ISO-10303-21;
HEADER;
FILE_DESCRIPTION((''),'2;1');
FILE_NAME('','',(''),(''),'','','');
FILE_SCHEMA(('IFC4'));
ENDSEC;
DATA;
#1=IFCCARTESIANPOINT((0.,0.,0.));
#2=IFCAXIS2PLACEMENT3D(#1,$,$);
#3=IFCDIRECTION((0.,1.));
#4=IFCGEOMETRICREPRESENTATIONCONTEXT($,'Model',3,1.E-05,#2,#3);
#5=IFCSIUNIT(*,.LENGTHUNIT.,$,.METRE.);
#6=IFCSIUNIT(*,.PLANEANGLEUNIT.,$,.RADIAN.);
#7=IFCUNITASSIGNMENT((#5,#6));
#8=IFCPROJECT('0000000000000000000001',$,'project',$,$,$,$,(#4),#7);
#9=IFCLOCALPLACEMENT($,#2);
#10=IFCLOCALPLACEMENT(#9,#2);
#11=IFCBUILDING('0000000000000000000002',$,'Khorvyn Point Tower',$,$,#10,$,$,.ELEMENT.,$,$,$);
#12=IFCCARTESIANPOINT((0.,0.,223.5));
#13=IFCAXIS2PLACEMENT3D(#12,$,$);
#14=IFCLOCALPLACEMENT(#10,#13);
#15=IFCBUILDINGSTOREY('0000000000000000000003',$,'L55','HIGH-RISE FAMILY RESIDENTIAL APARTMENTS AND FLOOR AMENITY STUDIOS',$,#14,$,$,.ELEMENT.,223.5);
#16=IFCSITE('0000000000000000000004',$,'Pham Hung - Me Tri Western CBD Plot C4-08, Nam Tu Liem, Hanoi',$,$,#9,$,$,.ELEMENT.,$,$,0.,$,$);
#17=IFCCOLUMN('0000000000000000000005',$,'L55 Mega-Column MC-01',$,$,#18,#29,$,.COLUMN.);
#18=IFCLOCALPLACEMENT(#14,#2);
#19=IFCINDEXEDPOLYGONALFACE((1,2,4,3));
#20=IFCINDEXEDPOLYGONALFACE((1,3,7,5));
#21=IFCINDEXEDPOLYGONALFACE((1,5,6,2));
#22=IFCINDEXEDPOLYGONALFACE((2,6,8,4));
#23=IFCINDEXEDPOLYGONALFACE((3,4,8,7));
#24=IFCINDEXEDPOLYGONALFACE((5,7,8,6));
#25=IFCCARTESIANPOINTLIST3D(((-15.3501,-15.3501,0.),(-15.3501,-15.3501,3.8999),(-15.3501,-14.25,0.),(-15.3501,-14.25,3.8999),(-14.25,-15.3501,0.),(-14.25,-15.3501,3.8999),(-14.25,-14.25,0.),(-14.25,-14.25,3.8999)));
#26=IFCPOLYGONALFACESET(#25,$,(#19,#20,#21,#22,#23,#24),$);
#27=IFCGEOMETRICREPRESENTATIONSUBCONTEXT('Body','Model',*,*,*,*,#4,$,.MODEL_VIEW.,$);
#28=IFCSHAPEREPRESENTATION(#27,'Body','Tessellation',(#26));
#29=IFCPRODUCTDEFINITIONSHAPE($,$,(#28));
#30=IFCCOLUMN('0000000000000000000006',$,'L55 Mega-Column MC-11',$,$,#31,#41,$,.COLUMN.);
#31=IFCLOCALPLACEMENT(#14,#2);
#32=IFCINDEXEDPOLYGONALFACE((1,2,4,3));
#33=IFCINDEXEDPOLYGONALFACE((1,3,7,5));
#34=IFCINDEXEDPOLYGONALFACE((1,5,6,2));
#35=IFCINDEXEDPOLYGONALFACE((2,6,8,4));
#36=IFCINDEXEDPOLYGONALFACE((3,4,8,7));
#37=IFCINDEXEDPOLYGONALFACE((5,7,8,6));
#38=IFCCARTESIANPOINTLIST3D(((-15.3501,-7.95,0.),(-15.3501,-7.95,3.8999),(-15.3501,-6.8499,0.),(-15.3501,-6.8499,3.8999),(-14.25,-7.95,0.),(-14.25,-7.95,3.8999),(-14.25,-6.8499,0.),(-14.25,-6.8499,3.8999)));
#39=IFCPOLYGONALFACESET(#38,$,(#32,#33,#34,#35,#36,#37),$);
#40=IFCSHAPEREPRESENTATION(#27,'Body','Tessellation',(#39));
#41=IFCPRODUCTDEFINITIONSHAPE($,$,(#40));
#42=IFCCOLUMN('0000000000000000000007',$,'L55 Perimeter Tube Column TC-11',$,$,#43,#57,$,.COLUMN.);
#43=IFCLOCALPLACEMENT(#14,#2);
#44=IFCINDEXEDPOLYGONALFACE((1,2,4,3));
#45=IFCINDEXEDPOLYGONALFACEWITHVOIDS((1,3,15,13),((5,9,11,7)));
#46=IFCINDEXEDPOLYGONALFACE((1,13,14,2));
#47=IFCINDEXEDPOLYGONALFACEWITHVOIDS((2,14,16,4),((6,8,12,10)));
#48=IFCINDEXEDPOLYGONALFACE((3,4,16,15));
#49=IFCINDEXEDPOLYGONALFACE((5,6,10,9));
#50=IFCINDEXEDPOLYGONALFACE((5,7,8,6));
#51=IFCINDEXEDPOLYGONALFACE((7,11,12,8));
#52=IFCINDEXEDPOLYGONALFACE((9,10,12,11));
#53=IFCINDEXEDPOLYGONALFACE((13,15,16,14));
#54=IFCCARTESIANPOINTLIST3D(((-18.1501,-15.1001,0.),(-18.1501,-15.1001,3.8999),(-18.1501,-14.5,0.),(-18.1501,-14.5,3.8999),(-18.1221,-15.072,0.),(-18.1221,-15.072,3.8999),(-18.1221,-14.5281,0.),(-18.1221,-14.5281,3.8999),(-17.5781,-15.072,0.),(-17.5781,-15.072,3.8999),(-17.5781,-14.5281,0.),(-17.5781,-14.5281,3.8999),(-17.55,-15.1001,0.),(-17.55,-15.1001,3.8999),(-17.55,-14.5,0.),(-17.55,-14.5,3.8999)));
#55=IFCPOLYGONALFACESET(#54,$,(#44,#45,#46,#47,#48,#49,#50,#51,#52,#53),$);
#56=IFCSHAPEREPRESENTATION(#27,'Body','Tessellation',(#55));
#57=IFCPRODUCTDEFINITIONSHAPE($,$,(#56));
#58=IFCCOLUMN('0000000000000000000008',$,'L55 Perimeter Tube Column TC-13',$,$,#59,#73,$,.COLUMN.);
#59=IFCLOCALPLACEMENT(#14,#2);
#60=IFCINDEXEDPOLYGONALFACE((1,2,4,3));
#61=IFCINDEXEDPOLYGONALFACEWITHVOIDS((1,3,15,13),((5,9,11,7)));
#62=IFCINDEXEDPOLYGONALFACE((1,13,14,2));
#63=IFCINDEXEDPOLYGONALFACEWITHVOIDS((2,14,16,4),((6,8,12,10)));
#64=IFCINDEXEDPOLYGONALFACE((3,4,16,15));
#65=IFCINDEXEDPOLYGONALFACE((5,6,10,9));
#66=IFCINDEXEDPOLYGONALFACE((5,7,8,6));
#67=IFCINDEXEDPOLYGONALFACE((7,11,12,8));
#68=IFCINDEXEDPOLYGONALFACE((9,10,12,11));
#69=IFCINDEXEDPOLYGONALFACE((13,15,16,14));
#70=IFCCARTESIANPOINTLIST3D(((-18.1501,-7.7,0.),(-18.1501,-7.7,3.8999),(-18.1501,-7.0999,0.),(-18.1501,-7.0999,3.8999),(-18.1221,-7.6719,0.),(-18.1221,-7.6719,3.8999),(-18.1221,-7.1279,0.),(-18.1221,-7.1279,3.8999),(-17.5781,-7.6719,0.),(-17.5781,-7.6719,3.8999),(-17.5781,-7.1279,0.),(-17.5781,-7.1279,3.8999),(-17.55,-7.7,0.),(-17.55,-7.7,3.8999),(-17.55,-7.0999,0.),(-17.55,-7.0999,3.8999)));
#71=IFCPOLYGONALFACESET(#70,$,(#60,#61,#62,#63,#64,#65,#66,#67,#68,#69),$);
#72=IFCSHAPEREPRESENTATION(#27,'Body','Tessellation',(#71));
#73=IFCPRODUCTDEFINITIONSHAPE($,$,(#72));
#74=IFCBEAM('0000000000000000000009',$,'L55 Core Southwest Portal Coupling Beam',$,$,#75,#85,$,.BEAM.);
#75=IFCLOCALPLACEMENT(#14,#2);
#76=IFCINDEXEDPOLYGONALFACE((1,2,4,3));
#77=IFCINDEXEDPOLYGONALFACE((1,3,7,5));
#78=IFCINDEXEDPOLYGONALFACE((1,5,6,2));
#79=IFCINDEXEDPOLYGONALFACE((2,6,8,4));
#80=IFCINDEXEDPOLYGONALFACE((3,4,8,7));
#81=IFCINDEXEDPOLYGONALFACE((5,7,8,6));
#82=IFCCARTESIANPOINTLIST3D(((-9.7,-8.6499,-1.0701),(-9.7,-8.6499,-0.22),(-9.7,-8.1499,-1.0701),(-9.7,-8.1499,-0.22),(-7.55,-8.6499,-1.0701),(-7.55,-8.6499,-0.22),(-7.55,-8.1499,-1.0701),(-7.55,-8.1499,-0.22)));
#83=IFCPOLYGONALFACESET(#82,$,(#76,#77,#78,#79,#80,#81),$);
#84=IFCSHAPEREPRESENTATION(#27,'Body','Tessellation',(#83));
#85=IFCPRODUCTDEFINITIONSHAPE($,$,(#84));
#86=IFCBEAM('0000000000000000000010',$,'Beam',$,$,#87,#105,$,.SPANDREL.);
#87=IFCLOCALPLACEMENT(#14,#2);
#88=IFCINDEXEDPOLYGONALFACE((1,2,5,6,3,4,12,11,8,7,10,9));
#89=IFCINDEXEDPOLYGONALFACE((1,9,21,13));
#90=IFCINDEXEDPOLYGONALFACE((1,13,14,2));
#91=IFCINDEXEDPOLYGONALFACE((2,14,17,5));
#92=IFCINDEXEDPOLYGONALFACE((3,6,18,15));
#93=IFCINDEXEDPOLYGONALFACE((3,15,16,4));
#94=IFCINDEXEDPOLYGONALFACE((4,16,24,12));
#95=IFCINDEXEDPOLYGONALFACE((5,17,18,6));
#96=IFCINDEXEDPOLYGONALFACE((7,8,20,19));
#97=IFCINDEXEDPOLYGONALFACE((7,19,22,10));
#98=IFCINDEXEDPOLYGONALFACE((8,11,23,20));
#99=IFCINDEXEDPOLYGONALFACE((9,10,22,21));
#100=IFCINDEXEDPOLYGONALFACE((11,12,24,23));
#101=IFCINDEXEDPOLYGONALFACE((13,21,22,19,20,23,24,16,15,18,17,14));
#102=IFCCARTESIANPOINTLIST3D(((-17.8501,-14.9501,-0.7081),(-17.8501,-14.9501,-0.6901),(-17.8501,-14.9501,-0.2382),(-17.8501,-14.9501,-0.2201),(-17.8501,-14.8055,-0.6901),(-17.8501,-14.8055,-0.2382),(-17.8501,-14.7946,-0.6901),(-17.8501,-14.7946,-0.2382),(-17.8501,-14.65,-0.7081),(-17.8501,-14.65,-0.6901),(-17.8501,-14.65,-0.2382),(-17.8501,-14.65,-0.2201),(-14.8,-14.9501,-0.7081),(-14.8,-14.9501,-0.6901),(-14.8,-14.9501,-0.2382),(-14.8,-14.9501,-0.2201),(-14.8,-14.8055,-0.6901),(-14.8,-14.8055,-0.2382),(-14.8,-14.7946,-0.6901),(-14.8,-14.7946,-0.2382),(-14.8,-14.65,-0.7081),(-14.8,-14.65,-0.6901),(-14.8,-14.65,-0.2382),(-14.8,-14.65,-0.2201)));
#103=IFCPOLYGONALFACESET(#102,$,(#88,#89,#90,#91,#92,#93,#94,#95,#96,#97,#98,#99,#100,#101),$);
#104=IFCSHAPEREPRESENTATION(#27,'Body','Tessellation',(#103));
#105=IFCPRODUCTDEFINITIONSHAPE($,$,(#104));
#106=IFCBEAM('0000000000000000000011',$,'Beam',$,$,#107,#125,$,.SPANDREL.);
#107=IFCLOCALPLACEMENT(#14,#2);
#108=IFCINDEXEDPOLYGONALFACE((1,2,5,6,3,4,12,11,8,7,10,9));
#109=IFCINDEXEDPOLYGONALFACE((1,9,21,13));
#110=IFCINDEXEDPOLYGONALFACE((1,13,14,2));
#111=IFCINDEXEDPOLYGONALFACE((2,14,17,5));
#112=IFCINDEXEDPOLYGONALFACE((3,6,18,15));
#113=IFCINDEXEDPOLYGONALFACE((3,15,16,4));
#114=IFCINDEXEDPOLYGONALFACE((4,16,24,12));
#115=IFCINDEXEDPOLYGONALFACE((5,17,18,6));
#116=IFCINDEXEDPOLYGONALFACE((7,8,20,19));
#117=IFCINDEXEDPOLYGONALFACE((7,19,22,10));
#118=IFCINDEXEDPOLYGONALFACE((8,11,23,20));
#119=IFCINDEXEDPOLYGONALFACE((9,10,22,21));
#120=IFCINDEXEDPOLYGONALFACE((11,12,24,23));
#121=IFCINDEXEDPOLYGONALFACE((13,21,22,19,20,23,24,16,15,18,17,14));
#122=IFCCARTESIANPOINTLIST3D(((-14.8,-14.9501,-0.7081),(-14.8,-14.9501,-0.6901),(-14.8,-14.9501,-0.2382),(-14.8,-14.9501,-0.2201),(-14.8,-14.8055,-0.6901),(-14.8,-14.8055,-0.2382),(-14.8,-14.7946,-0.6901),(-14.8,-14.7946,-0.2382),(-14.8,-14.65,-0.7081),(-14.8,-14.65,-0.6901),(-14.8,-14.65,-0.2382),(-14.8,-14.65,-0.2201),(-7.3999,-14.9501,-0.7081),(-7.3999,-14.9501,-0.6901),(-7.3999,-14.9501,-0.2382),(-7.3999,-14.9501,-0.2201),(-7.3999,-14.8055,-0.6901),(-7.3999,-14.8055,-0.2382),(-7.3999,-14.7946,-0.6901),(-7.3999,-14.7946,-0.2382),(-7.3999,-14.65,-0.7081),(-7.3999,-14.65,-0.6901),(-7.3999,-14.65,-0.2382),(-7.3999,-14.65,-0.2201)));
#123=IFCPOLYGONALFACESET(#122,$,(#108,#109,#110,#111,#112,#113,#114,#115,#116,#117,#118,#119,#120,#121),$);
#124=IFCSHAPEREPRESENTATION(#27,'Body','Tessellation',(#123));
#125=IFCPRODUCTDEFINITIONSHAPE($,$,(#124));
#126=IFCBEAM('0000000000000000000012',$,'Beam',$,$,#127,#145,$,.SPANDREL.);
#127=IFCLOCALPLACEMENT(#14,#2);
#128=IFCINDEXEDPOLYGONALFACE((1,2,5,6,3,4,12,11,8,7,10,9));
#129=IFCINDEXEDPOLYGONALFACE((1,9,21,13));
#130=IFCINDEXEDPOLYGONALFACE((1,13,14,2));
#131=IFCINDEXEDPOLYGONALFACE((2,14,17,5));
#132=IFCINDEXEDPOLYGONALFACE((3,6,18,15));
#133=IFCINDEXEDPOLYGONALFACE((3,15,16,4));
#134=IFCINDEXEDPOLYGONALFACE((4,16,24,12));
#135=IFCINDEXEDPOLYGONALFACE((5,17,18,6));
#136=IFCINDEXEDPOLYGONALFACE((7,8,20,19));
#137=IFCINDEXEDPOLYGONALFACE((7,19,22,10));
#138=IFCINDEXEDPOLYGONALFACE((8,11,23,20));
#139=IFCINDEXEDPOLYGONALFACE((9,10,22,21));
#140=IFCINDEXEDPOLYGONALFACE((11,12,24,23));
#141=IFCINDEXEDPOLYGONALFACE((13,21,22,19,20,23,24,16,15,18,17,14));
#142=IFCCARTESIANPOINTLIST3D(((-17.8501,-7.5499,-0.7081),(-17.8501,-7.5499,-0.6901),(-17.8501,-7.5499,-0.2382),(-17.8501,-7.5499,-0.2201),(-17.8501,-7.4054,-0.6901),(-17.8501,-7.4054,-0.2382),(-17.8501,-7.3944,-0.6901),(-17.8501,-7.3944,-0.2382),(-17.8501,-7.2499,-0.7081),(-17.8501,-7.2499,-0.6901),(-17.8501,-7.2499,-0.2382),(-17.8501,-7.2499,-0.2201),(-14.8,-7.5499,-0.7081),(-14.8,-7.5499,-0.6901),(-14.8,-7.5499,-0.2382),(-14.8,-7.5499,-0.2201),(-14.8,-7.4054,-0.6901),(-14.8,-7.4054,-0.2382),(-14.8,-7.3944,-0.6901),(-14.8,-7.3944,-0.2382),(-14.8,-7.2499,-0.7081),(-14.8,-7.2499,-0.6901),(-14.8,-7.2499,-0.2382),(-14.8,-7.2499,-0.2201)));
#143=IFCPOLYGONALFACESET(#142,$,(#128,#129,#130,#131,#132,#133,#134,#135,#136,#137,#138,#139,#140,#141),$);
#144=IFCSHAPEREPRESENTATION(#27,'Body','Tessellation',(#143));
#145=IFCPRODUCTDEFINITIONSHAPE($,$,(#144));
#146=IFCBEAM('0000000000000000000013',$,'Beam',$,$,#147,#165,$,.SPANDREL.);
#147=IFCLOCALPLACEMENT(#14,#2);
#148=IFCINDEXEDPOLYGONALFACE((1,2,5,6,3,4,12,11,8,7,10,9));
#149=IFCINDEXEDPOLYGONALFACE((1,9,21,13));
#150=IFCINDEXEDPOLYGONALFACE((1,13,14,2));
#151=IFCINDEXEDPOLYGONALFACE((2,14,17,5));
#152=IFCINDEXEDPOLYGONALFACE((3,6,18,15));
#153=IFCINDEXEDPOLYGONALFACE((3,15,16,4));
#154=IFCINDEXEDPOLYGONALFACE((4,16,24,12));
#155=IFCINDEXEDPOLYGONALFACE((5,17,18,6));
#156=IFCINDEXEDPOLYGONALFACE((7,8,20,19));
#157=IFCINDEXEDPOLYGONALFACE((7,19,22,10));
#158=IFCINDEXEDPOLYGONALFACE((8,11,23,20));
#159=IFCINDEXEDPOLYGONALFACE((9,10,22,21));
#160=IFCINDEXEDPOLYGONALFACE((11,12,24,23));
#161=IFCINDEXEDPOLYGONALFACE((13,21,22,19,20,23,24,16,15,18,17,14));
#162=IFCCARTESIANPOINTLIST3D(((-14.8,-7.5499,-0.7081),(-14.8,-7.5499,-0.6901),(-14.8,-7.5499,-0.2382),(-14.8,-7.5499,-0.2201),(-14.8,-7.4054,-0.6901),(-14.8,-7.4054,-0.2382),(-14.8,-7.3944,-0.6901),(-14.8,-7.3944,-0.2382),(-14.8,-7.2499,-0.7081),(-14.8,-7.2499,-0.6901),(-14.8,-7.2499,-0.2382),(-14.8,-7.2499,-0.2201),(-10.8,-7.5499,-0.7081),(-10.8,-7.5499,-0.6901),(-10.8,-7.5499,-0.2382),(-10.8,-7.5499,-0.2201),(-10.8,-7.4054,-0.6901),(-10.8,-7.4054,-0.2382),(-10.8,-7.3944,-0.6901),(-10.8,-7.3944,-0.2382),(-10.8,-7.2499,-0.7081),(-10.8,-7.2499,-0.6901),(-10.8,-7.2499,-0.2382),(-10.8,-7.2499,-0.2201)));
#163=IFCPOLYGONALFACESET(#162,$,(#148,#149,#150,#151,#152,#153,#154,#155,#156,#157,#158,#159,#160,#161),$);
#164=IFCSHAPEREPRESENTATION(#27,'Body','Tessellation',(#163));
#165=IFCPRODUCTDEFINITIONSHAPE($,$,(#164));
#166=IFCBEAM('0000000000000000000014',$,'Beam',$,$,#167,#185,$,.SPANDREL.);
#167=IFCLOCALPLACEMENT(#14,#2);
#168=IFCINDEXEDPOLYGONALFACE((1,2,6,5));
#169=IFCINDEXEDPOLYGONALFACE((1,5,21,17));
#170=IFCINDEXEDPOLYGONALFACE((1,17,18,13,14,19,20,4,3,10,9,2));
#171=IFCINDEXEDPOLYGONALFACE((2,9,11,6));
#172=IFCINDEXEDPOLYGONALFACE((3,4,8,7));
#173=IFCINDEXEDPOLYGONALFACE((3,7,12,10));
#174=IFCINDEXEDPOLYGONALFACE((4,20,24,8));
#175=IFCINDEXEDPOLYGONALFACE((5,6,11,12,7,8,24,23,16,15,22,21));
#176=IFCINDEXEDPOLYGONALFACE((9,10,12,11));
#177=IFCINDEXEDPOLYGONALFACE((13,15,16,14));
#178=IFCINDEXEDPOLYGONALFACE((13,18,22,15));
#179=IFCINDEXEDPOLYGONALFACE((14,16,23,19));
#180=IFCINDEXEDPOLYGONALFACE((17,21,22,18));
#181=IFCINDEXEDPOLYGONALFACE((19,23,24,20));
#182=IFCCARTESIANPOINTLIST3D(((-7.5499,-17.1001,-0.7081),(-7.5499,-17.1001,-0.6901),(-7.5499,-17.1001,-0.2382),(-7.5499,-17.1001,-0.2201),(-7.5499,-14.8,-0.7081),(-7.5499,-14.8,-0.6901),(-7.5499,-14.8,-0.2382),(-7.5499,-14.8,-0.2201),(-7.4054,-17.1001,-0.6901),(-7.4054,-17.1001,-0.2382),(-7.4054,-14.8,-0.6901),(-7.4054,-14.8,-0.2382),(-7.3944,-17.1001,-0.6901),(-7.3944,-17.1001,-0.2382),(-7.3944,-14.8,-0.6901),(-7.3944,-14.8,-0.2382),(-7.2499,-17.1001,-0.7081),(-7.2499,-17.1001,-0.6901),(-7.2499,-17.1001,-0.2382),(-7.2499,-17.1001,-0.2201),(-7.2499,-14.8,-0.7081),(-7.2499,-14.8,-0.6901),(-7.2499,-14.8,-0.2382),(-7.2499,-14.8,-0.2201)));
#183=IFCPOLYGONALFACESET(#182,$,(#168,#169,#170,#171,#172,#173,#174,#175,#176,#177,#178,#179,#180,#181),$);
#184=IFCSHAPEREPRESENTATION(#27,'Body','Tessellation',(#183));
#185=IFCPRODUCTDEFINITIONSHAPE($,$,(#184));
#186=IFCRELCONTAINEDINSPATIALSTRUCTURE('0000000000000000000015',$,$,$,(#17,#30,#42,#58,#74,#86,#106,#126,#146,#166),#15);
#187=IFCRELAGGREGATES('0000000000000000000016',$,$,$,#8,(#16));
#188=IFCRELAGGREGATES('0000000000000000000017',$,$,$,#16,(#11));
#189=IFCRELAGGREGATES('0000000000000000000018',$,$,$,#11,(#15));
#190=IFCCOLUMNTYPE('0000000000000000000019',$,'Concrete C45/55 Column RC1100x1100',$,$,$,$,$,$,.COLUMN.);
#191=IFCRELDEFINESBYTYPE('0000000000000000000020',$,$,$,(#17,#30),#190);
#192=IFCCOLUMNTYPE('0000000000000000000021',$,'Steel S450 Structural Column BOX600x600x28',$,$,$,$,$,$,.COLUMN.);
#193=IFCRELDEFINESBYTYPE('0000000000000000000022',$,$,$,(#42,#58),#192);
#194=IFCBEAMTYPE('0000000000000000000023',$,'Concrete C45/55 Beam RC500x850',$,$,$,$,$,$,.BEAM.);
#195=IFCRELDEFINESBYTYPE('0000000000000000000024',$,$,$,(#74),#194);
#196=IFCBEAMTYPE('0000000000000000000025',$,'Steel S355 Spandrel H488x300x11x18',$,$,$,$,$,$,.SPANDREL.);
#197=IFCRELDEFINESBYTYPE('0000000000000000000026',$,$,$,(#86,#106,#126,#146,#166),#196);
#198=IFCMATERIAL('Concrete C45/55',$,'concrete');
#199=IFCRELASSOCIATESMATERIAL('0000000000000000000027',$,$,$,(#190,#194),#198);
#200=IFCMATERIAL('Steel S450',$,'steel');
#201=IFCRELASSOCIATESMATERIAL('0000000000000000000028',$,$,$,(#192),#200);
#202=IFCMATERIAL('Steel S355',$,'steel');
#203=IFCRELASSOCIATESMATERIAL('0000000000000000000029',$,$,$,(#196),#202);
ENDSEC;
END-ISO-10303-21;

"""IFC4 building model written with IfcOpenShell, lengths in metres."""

from ifc_helpers import new_model, si_unit, direction, frame, origin, origin_2d, place, context, subcontext, project, spatial, rectangle, hollow_rectangle, i_section, extrude, material, material_profile, profile_set, type_object, element, save


model = new_model("IFC4")

# Units and contexts
model_context = context("Model", 3, precision=1e-05, world=origin(), true_north=direction((0.0, 1.0)))
body_context = subcontext(model_context, "Body", "Model", "MODEL_VIEW")
ifc_project = project(units=[si_unit("LENGTHUNIT", "METRE"), si_unit("PLANEANGLEUNIT", "RADIAN")], contexts=[model_context])

# Site, building, storey
site_placement = place(None, origin())
site = spatial("IfcSite", under=ifc_project, at=site_placement, Name="Pham Hung - Me Tri Western CBD Plot C4-08, Nam Tu Liem, Hanoi", CompositionType="ELEMENT", RefElevation=0.0)
building_placement = place(site_placement, origin())
building = spatial("IfcBuilding", under=site, at=building_placement, Name="Khorvyn Point Tower", CompositionType="ELEMENT")
storey_placement = place(building_placement, frame((0.0, 0.0, 223.5)))
storey = spatial("IfcBuildingStorey", under=building, at=storey_placement, Name="L55", Description="HIGH-RISE FAMILY RESIDENTIAL APARTMENTS AND FLOOR AMENITY STUDIOS", CompositionType="ELEMENT", Elevation=223.5)

# Columns
ifc_material_1 = material(Name="Concrete C45/55", Category="concrete")
ifc_material_profile_1 = material_profile(ifc_material_1, rectangle(XDim=1.1001, YDim=1.1001, at=origin_2d()))
ifc_profile_set_1 = profile_set([ifc_material_profile_1], Name="Concrete C45/55 RC1100x1100")
column_type_1 = type_object("IfcColumnType", Name="Concrete C45/55 Column RC1100x1100", PredefinedType="COLUMN", material=ifc_profile_set_1)
for number, where, z_axis, x_axis, name in (
    (1, (-14.8, -14.8, 0.0), (0.0, 0.0, 1.0), (1.0, 0.0, 0.0), "L55 Mega-Column MC-01"),
    (2, (-14.8, -7.3999, 0.0), (0.0, 0.0, 1.0), (1.0, 0.0, 0.0), "L55 Mega-Column MC-11"),
):
    element("IfcColumn", number, at=place(storey_placement, frame(where, z_axis=z_axis, x_axis=x_axis)), inside=storey, type_object=column_type_1, Name=name, PredefinedType="COLUMN", context=body_context, shape_type="SweptSolid", body=[
        extrude(rectangle(XDim=1.1001, YDim=1.1001, at=origin_2d()), origin(), (0.0, 0.0, 1.0), 3.8999),
    ])
ifc_material_2 = material(Name="Steel S450", Category="steel")
ifc_material_profile_2 = material_profile(ifc_material_2, hollow_rectangle(XDim=0.6001, YDim=0.6001, WallThickness=0.0281, at=origin_2d()))
ifc_profile_set_2 = profile_set([ifc_material_profile_2], Name="Steel S450 BOX600x600x28")
column_type_2 = type_object("IfcColumnType", Name="Steel S450 Structural Column BOX600x600x28", PredefinedType="COLUMN", material=ifc_profile_set_2)
for number, where, z_axis, x_axis, name in (
    (3, (-17.8501, -14.8, 0.0), (0.0, 0.0, 1.0), (1.0, 0.0, 0.0), "L55 Perimeter Tube Column TC-11"),
    (4, (-17.8501, -7.3999, 0.0), (0.0, 0.0, 1.0), (1.0, 0.0, 0.0), "L55 Perimeter Tube Column TC-13"),
):
    element("IfcColumn", number, at=place(storey_placement, frame(where, z_axis=z_axis, x_axis=x_axis)), inside=storey, type_object=column_type_2, Name=name, PredefinedType="COLUMN", context=body_context, shape_type="SweptSolid", body=[
        extrude(hollow_rectangle(XDim=0.6001, YDim=0.6001, WallThickness=0.0281, at=origin_2d()), origin(), (0.0, 0.0, 1.0), 3.8999),
    ])

# Beams
ifc_material_profile_3 = material_profile(ifc_material_1, rectangle(XDim=0.5, YDim=0.8501, at=origin_2d()))
ifc_profile_set_3 = profile_set([ifc_material_profile_3], Name="Concrete C45/55 RC500x850")
beam_type_1 = type_object("IfcBeamType", Name="Concrete C45/55 Beam RC500x850", PredefinedType="BEAM", material=ifc_profile_set_3)
beam_1_placement = place(storey_placement, frame((-9.7, -8.3999, -0.645), z_axis=(1.0, 0.0, 0.0), x_axis=(0.0, 1.0, 0.0)))
element("IfcBeam", 5, at=beam_1_placement, inside=storey, type_object=beam_type_1, Name="L55 Core Southwest Portal Coupling Beam", PredefinedType="BEAM", context=body_context, shape_type="SweptSolid", body=[
    extrude(rectangle(XDim=0.5, YDim=0.8501, at=origin_2d()), origin(), (0.0, 0.0, 1.0), 2.1499),
])
ifc_material_3 = material(Name="Steel S355", Category="steel")
ifc_material_profile_4 = material_profile(ifc_material_3, i_section(OverallWidth=0.3, OverallDepth=0.488, WebThickness=0.011, FlangeThickness=0.0181, at=origin_2d()))
ifc_profile_set_4 = profile_set([ifc_material_profile_4], Name="Steel S355 H488x300x11x18")
beam_type_2 = type_object("IfcBeamType", Name="Steel S355 Spandrel H488x300x11x18", PredefinedType="SPANDREL", material=ifc_profile_set_4)
beam_2_placement = place(storey_placement, frame((-17.8501, -14.8, -0.4641), z_axis=(1.0, 0.0, 0.0), x_axis=(0.0, 1.0, 0.0)))
element("IfcBeam", 6, at=beam_2_placement, inside=storey, type_object=beam_type_2, Name="Beam", PredefinedType="SPANDREL", context=body_context, shape_type="SweptSolid", body=[
    extrude(i_section(OverallWidth=0.3, OverallDepth=0.488, WebThickness=0.011, FlangeThickness=0.0181, at=origin_2d()), origin(), (0.0, 0.0, 1.0), 3.05),
])
beam_3_placement = place(storey_placement, frame((-14.8, -14.8, -0.4641), z_axis=(1.0, 0.0, 0.0), x_axis=(0.0, 1.0, 0.0)))
element("IfcBeam", 7, at=beam_3_placement, inside=storey, type_object=beam_type_2, Name="Beam", PredefinedType="SPANDREL", context=body_context, shape_type="SweptSolid", body=[
    extrude(i_section(OverallWidth=0.3, OverallDepth=0.488, WebThickness=0.011, FlangeThickness=0.0181, at=origin_2d()), origin(), (0.0, 0.0, 1.0), 7.4001),
])
beam_4_placement = place(storey_placement, frame((-17.8501, -7.3999, -0.4641), z_axis=(1.0, 0.0, 0.0), x_axis=(0.0, 1.0, 0.0)))
element("IfcBeam", 8, at=beam_4_placement, inside=storey, type_object=beam_type_2, Name="Beam", PredefinedType="SPANDREL", context=body_context, shape_type="SweptSolid", body=[
    extrude(i_section(OverallWidth=0.3, OverallDepth=0.488, WebThickness=0.011, FlangeThickness=0.0181, at=origin_2d()), origin(), (0.0, 0.0, 1.0), 3.05),
])
beam_5_placement = place(storey_placement, frame((-14.8, -7.3999, -0.4641), z_axis=(1.0, 0.0, 0.0), x_axis=(0.0, 1.0, 0.0)))
element("IfcBeam", 9, at=beam_5_placement, inside=storey, type_object=beam_type_2, Name="Beam", PredefinedType="SPANDREL", context=body_context, shape_type="SweptSolid", body=[
    extrude(i_section(OverallWidth=0.3, OverallDepth=0.488, WebThickness=0.011, FlangeThickness=0.0181, at=origin_2d()), origin(), (0.0, 0.0, 1.0), 4.0),
])
beam_6_placement = place(storey_placement, frame((-7.3999, -17.1001, -0.4641), z_axis=(0.0, 1.0, 0.0), x_axis=(-1.0, 0.0, 0.0)))
element("IfcBeam", 10, at=beam_6_placement, inside=storey, type_object=beam_type_2, Name="Beam", PredefinedType="SPANDREL", context=body_context, shape_type="SweptSolid", body=[
    extrude(i_section(OverallWidth=0.3, OverallDepth=0.488, WebThickness=0.011, FlangeThickness=0.0181, at=origin_2d()), origin(), (0.0, 0.0, 1.0), 2.3),
])

save(model, "model.ifc")
